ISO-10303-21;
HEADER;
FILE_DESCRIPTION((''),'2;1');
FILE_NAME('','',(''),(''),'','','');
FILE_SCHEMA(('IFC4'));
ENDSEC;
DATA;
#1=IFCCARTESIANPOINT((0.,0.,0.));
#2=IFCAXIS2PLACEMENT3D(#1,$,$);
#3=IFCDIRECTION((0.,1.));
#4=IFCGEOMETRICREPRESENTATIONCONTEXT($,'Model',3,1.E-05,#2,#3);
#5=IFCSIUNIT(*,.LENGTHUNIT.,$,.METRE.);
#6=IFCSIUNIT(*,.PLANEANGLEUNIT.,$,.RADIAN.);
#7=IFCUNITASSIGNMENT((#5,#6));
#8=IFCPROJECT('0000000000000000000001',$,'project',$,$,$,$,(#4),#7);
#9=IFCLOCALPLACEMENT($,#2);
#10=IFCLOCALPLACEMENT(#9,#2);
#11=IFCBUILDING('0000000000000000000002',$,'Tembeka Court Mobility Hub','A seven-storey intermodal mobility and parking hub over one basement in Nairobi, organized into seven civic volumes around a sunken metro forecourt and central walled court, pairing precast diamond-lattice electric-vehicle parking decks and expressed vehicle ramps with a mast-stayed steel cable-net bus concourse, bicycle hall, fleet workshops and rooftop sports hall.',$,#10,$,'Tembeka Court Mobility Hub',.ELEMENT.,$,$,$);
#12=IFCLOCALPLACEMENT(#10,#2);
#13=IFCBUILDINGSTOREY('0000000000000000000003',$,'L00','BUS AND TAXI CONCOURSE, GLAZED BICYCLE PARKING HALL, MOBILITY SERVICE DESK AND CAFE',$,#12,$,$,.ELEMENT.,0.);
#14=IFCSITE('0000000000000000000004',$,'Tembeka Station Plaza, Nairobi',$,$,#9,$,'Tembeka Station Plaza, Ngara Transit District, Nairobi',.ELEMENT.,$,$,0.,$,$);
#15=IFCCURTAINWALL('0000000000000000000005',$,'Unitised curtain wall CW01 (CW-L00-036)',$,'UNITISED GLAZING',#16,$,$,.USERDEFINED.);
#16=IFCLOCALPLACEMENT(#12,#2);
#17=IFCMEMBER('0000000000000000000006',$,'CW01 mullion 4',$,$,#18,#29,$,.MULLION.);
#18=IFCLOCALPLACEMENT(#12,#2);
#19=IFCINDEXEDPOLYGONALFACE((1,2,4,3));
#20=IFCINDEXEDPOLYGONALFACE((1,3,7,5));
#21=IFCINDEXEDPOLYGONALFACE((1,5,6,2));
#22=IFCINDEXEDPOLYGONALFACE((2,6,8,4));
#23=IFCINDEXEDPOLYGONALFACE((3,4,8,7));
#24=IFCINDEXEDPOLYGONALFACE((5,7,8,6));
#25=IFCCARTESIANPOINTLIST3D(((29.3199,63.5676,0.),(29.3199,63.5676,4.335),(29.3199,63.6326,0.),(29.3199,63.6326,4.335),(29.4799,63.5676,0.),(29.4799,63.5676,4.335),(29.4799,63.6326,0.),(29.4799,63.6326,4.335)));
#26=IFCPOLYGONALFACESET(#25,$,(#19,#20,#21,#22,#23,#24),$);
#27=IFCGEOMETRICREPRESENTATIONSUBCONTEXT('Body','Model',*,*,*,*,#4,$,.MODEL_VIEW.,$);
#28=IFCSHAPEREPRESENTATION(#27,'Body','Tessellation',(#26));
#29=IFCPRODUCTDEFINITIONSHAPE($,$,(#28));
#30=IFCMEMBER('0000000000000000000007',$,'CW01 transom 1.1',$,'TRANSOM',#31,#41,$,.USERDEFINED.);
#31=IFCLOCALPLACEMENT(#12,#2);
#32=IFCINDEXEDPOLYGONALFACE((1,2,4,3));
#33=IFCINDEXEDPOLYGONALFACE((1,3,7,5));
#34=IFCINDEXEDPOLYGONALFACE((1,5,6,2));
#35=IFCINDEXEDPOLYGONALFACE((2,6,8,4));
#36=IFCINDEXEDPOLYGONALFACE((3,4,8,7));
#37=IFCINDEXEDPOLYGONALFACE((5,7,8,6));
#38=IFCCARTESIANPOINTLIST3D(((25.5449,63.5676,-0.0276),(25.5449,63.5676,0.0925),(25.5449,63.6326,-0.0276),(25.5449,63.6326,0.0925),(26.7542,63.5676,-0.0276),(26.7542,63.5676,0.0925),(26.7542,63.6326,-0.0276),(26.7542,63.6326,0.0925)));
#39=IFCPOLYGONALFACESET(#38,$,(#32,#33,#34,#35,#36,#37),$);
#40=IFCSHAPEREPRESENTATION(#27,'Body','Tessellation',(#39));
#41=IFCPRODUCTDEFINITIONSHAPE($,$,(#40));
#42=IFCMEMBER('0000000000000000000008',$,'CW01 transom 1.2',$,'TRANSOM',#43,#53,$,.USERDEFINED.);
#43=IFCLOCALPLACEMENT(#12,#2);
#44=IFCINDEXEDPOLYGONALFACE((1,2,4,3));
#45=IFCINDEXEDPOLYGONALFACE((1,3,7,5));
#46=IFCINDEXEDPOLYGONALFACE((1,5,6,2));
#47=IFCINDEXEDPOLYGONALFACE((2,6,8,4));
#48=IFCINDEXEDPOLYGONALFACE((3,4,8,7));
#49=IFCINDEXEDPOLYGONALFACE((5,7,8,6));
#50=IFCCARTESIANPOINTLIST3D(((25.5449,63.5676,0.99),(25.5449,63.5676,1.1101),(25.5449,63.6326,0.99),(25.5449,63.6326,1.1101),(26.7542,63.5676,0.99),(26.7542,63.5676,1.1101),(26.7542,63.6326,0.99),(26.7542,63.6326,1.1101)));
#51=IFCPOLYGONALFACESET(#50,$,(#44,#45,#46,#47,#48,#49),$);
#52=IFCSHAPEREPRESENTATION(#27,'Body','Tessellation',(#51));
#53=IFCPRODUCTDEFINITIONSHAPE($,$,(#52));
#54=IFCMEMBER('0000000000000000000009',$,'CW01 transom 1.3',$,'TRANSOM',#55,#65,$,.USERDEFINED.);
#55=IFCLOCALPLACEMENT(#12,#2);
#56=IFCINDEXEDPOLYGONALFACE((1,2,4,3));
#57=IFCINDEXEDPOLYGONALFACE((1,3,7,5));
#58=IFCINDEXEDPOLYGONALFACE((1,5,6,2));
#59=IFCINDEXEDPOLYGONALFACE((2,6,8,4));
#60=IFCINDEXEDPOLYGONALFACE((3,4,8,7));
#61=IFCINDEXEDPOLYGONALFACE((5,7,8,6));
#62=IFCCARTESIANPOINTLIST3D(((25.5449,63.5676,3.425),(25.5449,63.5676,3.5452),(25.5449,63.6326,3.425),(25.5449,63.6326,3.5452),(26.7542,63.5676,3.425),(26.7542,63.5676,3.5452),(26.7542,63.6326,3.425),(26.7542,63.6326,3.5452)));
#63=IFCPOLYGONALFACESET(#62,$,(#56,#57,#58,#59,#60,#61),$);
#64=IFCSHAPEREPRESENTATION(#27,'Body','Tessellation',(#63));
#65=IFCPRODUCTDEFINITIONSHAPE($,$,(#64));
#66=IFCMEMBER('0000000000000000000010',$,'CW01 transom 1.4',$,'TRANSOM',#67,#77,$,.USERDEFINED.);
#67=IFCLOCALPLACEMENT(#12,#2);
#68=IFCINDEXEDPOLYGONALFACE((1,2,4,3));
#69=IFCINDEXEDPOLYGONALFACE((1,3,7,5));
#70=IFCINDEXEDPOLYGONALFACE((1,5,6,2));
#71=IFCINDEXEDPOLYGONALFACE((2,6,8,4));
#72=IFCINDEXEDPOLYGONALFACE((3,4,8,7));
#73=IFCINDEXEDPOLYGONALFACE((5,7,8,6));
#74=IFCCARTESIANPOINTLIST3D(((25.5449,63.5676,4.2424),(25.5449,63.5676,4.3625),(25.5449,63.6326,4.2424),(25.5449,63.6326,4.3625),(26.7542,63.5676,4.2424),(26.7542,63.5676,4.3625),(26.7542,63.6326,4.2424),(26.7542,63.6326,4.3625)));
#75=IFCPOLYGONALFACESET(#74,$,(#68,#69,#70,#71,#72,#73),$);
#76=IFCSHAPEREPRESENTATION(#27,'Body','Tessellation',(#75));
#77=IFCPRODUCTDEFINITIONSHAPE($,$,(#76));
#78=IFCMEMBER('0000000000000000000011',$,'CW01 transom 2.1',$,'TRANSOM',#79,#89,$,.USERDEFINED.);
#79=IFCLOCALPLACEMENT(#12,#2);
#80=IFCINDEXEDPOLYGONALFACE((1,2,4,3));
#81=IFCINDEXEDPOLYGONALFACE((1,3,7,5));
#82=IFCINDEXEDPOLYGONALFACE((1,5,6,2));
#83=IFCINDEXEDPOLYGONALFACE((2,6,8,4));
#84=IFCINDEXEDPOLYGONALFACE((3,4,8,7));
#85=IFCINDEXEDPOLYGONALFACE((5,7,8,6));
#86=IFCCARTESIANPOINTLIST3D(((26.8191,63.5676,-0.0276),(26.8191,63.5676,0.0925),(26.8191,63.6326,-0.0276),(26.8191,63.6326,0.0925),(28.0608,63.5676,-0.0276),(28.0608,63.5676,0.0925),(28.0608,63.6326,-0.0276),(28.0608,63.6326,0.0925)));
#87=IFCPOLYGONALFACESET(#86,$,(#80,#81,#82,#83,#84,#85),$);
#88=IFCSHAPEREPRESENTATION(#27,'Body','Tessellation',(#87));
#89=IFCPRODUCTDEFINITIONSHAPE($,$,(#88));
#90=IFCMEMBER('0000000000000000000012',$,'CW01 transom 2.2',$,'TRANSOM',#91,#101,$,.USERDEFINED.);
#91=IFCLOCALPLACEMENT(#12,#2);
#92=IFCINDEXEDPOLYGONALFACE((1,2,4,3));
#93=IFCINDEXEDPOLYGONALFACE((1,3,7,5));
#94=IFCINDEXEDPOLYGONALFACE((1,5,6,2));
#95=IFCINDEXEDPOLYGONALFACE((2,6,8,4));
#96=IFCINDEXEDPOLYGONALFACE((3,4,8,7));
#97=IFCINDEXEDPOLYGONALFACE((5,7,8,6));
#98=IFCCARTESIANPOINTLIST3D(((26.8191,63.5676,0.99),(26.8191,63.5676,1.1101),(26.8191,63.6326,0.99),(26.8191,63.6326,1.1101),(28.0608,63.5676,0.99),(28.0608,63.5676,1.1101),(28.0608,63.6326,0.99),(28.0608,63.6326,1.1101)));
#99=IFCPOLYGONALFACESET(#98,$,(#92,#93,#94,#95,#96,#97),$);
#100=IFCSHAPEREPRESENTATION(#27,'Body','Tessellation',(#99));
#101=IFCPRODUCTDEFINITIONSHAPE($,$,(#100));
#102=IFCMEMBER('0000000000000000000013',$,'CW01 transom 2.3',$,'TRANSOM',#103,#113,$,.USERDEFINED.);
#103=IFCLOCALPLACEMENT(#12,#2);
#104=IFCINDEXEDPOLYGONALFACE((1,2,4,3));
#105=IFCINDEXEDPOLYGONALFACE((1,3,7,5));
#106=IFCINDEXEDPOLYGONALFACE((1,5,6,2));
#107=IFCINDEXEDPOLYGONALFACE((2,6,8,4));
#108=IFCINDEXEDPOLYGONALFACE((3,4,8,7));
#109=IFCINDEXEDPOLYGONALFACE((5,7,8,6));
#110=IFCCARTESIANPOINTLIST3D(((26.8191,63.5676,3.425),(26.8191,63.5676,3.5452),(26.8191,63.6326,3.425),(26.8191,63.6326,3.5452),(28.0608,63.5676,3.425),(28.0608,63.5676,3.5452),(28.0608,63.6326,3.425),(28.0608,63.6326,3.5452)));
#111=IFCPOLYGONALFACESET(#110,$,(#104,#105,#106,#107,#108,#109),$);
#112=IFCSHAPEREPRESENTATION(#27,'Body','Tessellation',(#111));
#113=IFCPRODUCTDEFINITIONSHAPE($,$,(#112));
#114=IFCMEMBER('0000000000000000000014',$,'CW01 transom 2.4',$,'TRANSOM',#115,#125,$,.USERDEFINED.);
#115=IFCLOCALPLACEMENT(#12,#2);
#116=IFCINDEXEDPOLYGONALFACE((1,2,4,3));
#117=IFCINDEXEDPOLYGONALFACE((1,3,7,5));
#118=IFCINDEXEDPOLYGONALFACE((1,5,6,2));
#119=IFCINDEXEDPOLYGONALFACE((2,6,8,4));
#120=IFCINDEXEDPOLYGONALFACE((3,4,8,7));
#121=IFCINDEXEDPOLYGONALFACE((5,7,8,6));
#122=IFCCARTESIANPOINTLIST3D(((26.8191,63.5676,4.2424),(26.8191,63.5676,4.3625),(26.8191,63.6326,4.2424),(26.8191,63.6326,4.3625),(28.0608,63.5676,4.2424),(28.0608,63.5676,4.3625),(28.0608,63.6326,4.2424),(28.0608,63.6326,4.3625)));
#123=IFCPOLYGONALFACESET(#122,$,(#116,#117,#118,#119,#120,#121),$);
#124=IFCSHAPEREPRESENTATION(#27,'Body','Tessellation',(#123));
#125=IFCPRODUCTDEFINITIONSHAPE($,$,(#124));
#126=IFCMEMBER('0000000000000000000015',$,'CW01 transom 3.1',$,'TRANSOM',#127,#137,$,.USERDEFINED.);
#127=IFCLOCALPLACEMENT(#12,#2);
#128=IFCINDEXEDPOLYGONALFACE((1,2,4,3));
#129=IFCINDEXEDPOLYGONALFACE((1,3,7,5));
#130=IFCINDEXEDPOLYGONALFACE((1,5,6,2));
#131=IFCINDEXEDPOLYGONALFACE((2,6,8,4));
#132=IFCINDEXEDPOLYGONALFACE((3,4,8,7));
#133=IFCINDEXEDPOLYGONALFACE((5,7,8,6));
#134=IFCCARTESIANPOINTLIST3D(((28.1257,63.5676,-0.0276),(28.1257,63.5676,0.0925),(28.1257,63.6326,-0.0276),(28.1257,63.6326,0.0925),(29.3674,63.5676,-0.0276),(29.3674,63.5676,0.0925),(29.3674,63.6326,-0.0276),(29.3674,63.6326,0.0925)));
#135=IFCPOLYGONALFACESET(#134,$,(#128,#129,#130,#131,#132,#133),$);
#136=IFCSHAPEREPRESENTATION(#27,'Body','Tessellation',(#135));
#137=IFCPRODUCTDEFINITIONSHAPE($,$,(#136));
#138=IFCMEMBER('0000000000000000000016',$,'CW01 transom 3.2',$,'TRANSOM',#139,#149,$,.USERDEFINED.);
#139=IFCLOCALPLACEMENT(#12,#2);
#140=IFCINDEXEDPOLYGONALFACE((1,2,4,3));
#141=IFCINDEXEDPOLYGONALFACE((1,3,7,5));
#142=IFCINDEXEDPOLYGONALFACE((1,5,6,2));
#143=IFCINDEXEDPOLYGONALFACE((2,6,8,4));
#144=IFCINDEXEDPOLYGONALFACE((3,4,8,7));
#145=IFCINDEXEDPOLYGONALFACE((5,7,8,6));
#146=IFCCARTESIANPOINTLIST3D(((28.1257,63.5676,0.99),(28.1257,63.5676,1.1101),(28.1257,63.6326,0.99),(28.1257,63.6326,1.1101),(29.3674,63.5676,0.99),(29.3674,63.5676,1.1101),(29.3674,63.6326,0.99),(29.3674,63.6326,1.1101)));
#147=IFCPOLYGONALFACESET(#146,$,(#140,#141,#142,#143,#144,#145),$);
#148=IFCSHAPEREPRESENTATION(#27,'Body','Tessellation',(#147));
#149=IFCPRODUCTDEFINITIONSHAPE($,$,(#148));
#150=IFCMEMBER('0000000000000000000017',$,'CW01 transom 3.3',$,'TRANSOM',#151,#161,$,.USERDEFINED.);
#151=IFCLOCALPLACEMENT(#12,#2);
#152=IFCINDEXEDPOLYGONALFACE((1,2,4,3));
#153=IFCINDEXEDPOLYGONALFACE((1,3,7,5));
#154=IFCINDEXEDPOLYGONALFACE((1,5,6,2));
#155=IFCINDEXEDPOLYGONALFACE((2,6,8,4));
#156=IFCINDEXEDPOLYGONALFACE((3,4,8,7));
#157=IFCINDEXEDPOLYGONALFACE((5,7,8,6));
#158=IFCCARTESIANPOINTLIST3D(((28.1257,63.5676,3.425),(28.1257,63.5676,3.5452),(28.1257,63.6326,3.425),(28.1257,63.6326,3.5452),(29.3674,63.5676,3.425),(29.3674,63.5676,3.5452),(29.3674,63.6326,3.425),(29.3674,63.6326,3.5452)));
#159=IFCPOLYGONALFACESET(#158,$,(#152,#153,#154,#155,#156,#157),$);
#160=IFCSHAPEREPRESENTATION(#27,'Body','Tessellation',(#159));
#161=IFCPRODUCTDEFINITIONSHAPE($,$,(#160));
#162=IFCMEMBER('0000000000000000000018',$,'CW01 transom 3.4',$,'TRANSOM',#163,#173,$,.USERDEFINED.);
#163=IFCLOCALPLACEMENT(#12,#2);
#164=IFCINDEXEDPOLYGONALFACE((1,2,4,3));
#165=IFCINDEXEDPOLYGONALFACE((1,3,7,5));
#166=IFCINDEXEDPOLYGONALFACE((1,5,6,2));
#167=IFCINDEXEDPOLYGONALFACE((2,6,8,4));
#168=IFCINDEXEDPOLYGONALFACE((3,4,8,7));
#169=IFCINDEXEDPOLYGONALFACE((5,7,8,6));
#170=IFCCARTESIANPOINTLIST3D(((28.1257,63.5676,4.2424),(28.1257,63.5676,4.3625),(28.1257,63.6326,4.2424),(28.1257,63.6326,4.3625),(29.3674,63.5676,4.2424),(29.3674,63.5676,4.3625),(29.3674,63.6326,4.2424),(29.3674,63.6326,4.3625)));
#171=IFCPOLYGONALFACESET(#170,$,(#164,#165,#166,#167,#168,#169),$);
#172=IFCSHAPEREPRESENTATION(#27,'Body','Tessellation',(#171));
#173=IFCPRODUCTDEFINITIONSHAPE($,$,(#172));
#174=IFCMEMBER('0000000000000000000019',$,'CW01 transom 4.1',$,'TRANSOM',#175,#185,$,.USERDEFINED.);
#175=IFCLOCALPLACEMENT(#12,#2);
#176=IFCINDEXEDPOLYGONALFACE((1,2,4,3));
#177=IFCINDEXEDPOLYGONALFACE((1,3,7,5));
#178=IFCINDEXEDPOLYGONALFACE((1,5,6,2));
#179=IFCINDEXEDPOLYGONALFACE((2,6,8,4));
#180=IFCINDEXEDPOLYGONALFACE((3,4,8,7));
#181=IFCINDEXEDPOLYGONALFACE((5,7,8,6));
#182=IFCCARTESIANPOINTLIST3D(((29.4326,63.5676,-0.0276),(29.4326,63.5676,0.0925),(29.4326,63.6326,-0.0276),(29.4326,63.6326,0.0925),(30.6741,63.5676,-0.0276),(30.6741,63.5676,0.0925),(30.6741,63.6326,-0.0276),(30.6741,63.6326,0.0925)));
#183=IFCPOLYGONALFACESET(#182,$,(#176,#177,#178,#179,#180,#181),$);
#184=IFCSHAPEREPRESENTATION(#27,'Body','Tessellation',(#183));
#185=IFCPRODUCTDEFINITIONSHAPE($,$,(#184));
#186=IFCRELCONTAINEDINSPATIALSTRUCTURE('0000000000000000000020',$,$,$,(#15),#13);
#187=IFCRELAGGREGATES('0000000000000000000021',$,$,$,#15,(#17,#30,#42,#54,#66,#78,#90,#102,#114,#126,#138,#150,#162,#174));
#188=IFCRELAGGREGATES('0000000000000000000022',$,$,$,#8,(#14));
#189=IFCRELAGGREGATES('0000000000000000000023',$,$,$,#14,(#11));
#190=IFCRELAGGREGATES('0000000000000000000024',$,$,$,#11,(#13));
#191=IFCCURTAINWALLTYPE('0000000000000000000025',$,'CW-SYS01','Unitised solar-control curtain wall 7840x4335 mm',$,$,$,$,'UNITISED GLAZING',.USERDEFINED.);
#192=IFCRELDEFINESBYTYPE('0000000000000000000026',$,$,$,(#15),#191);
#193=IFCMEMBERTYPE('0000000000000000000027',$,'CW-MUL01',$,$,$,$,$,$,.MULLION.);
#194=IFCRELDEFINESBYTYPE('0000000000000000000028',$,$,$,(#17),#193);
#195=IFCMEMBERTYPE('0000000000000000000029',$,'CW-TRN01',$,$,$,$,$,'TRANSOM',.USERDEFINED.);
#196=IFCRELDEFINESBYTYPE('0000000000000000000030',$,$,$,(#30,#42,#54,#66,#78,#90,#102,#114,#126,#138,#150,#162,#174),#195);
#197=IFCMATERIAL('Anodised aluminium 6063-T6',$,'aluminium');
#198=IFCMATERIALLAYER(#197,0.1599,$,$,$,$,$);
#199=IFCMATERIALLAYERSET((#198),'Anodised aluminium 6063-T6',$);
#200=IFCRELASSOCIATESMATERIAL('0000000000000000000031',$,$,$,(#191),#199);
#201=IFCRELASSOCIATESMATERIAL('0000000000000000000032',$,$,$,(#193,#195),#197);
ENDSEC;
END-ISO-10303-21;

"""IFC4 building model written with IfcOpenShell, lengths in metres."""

from ifc_helpers import new_model, si_unit, direction, frame, origin, origin_2d, place, context, subcontext, project, spatial, rectangle, extrude, material, layer, layer_set, material_profile, profile_set, type_object, element, aggregate, save


model = new_model("IFC4")

# Units and contexts
model_context = context("Model", 3, precision=1e-05, world=origin(), true_north=direction((0.0, 1.0)))
body_context = subcontext(model_context, "Body", "Model", "MODEL_VIEW")
ifc_project = project(units=[si_unit("LENGTHUNIT", "METRE"), si_unit("PLANEANGLEUNIT", "RADIAN")], contexts=[model_context])

# Site, building, storey
site_placement = place(None, origin())
site = spatial("IfcSite", under=ifc_project, at=site_placement, Name="Tembeka Station Plaza, Nairobi", LongName="Tembeka Station Plaza, Ngara Transit District, Nairobi", CompositionType="ELEMENT", RefElevation=0.0)
building_placement = place(site_placement, origin())
building = spatial("IfcBuilding", under=site, at=building_placement, Name="Tembeka Court Mobility Hub", Description="A seven-storey intermodal mobility and parking hub over one basement in Nairobi, organized into seven civic volumes around a sunken metro forecourt and central walled court, pairing precast diamond-lattice electric-vehicle parking decks and expressed vehicle ramps with a mast-stayed steel cable-net bus concourse, bicycle hall, fleet workshops and rooftop sports hall.", LongName="Tembeka Court Mobility Hub", CompositionType="ELEMENT")
storey_placement = place(building_placement, origin())
storey = spatial("IfcBuildingStorey", under=building, at=storey_placement, Name="L00", Description="BUS AND TAXI CONCOURSE, GLAZED BICYCLE PARKING HALL, MOBILITY SERVICE DESK AND CAFE", CompositionType="ELEMENT", Elevation=0.0)

# Curtain wall, members
ifc_material_1 = material(Name="Anodised aluminium 6063-T6", Category="aluminium")
ifc_layer_1 = layer(ifc_material_1, 0.1599)
ifc_layer_set_1 = layer_set([ifc_layer_1], Name="Anodised aluminium 6063-T6")
curtain_wall_type = type_object("IfcCurtainWallType", Name="CW-SYS01", Description="Unitised solar-control curtain wall 7840x4335 mm", ElementType="UNITISED GLAZING", PredefinedType="USERDEFINED", material=ifc_layer_set_1)
curtain_wall_placement = place(storey_placement, origin())
curtain_wall = element("IfcCurtainWall", 1, at=curtain_wall_placement, inside=storey, type_object=curtain_wall_type, Name="Unitised curtain wall CW01 (CW-L00-036)", ObjectType="UNITISED GLAZING", PredefinedType="USERDEFINED")
ifc_material_profile_1 = material_profile(ifc_material_1, rectangle(XDim=0.0649, YDim=0.1599, at=origin_2d()), Name="ALU-MUL 65x160")
ifc_profile_set_1 = profile_set([ifc_material_profile_1], Name="Anodised aluminium 6063-T6")
member_type_1 = type_object("IfcMemberType", Name="CW-MUL01", PredefinedType="MULLION", material=ifc_profile_set_1)
member_1_placement = place(storey_placement, frame((29.3999, 63.6001, 0.0), z_axis=(0.0, 0.0, 1.0), x_axis=(0.0, 1.0, 0.0)))
member_1 = element("IfcMember", 2, at=member_1_placement, type_object=member_type_1, Name="CW01 mullion 4", PredefinedType="MULLION", context=body_context, shape_type="SweptSolid", body=[
    extrude(rectangle(XDim=0.0649, YDim=0.1599, at=origin_2d()), origin(), (0.0, 0.0, 1.0), 4.335),
])
ifc_material_profile_2 = material_profile(ifc_material_1, rectangle(XDim=0.0649, YDim=0.1201, at=origin_2d()), Name="ALU-TRN 65x120")
ifc_profile_set_2 = profile_set([ifc_material_profile_2], Name="Anodised aluminium 6063-T6")
member_type_2 = type_object("IfcMemberType", Name="CW-TRN01", ElementType="TRANSOM", PredefinedType="USERDEFINED", material=ifc_profile_set_2)
member_2_placement = place(storey_placement, frame((25.5449, 63.6001, 0.0325), z_axis=(1.0, 0.0, 0.0), x_axis=(0.0, 1.0, 0.0)))
member_2 = element("IfcMember", 3, at=member_2_placement, type_object=member_type_2, Name="CW01 transom 1.1", ObjectType="TRANSOM", PredefinedType="USERDEFINED", context=body_context, shape_type="SweptSolid", body=[
    extrude(rectangle(XDim=0.0649, YDim=0.1201, at=origin_2d()), origin(), (0.0, 0.0, 1.0), 1.2092),
])
member_3_placement = place(storey_placement, frame((25.5449, 63.6001, 1.05), z_axis=(1.0, 0.0, 0.0), x_axis=(0.0, 1.0, 0.0)))
member_3 = element("IfcMember", 4, at=member_3_placement, type_object=member_type_2, Name="CW01 transom 1.2", ObjectType="TRANSOM", PredefinedType="USERDEFINED", context=body_context, shape_type="SweptSolid", body=[
    extrude(rectangle(XDim=0.0649, YDim=0.1201, at=origin_2d()), origin(), (0.0, 0.0, 1.0), 1.2092),
])
member_4_placement = place(storey_placement, frame((25.5449, 63.6001, 3.4851), z_axis=(1.0, 0.0, 0.0), x_axis=(0.0, 1.0, 0.0)))
member_4 = element("IfcMember", 5, at=member_4_placement, type_object=member_type_2, Name="CW01 transom 1.3", ObjectType="TRANSOM", PredefinedType="USERDEFINED", context=body_context, shape_type="SweptSolid", body=[
    extrude(rectangle(XDim=0.0649, YDim=0.1201, at=origin_2d()), origin(), (0.0, 0.0, 1.0), 1.2092),
])
member_5_placement = place(storey_placement, frame((25.5449, 63.6001, 4.3025), z_axis=(1.0, 0.0, 0.0), x_axis=(0.0, 1.0, 0.0)))
member_5 = element("IfcMember", 6, at=member_5_placement, type_object=member_type_2, Name="CW01 transom 1.4", ObjectType="TRANSOM", PredefinedType="USERDEFINED", context=body_context, shape_type="SweptSolid", body=[
    extrude(rectangle(XDim=0.0649, YDim=0.1201, at=origin_2d()), origin(), (0.0, 0.0, 1.0), 1.2092),
])
member_6_placement = place(storey_placement, frame((26.8191, 63.6001, 0.0325), z_axis=(1.0, 0.0, 0.0), x_axis=(0.0, 1.0, 0.0)))
member_6 = element("IfcMember", 7, at=member_6_placement, type_object=member_type_2, Name="CW01 transom 2.1", ObjectType="TRANSOM", PredefinedType="USERDEFINED", context=body_context, shape_type="SweptSolid", body=[
    extrude(rectangle(XDim=0.0649, YDim=0.1201, at=origin_2d()), origin(), (0.0, 0.0, 1.0), 1.2417),
])
member_7_placement = place(storey_placement, frame((26.8191, 63.6001, 1.05), z_axis=(1.0, 0.0, 0.0), x_axis=(0.0, 1.0, 0.0)))
member_7 = element("IfcMember", 8, at=member_7_placement, type_object=member_type_2, Name="CW01 transom 2.2", ObjectType="TRANSOM", PredefinedType="USERDEFINED", context=body_context, shape_type="SweptSolid", body=[
    extrude(rectangle(XDim=0.0649, YDim=0.1201, at=origin_2d()), origin(), (0.0, 0.0, 1.0), 1.2417),
])
member_8_placement = place(storey_placement, frame((26.8191, 63.6001, 3.4851), z_axis=(1.0, 0.0, 0.0), x_axis=(0.0, 1.0, 0.0)))
member_8 = element("IfcMember", 9, at=member_8_placement, type_object=member_type_2, Name="CW01 transom 2.3", ObjectType="TRANSOM", PredefinedType="USERDEFINED", context=body_context, shape_type="SweptSolid", body=[
    extrude(rectangle(XDim=0.0649, YDim=0.1201, at=origin_2d()), origin(), (0.0, 0.0, 1.0), 1.2417),
])
member_9_placement = place(storey_placement, frame((26.8191, 63.6001, 4.3025), z_axis=(1.0, 0.0, 0.0), x_axis=(0.0, 1.0, 0.0)))
member_9 = element("IfcMember", 10, at=member_9_placement, type_object=member_type_2, Name="CW01 transom 2.4", ObjectType="TRANSOM", PredefinedType="USERDEFINED", context=body_context, shape_type="SweptSolid", body=[
    extrude(rectangle(XDim=0.0649, YDim=0.1201, at=origin_2d()), origin(), (0.0, 0.0, 1.0), 1.2417),
])
member_10_placement = place(storey_placement, frame((28.1257, 63.6001, 0.0325), z_axis=(1.0, 0.0, 0.0), x_axis=(0.0, 1.0, 0.0)))
member_10 = element("IfcMember", 11, at=member_10_placement, type_object=member_type_2, Name="CW01 transom 3.1", ObjectType="TRANSOM", PredefinedType="USERDEFINED", context=body_context, shape_type="SweptSolid", body=[
    extrude(rectangle(XDim=0.0649, YDim=0.1201, at=origin_2d()), origin(), (0.0, 0.0, 1.0), 1.2417),
])
member_11_placement = place(storey_placement, frame((28.1257, 63.6001, 1.05), z_axis=(1.0, 0.0, 0.0), x_axis=(0.0, 1.0, 0.0)))
member_11 = element("IfcMember", 12, at=member_11_placement, type_object=member_type_2, Name="CW01 transom 3.2", ObjectType="TRANSOM", PredefinedType="USERDEFINED", context=body_context, shape_type="SweptSolid", body=[
    extrude(rectangle(XDim=0.0649, YDim=0.1201, at=origin_2d()), origin(), (0.0, 0.0, 1.0), 1.2417),
])
member_12_placement = place(storey_placement, frame((28.1257, 63.6001, 3.4851), z_axis=(1.0, 0.0, 0.0), x_axis=(0.0, 1.0, 0.0)))
member_12 = element("IfcMember", 13, at=member_12_placement, type_object=member_type_2, Name="CW01 transom 3.3", ObjectType="TRANSOM", PredefinedType="USERDEFINED", context=body_context, shape_type="SweptSolid", body=[
    extrude(rectangle(XDim=0.0649, YDim=0.1201, at=origin_2d()), origin(), (0.0, 0.0, 1.0), 1.2417),
])
member_13_placement = place(storey_placement, frame((28.1257, 63.6001, 4.3025), z_axis=(1.0, 0.0, 0.0), x_axis=(0.0, 1.0, 0.0)))
member_13 = element("IfcMember", 14, at=member_13_placement, type_object=member_type_2, Name="CW01 transom 3.4", ObjectType="TRANSOM", PredefinedType="USERDEFINED", context=body_context, shape_type="SweptSolid", body=[
    extrude(rectangle(XDim=0.0649, YDim=0.1201, at=origin_2d()), origin(), (0.0, 0.0, 1.0), 1.2417),
])
member_14_placement = place(storey_placement, frame((29.4326, 63.6001, 0.0325), z_axis=(1.0, 0.0, 0.0), x_axis=(0.0, 1.0, 0.0)))
member_14 = element("IfcMember", 15, at=member_14_placement, type_object=member_type_2, Name="CW01 transom 4.1", ObjectType="TRANSOM", PredefinedType="USERDEFINED", context=body_context, shape_type="SweptSolid", body=[
    extrude(rectangle(XDim=0.0649, YDim=0.1201, at=origin_2d()), origin(), (0.0, 0.0, 1.0), 1.2415),
])
aggregate(curtain_wall, [member_1, member_2, member_3, member_4, member_5, member_6, member_7, member_8, member_9, member_10, member_11, member_12, member_13, member_14])

save(model, "model.ifc")
